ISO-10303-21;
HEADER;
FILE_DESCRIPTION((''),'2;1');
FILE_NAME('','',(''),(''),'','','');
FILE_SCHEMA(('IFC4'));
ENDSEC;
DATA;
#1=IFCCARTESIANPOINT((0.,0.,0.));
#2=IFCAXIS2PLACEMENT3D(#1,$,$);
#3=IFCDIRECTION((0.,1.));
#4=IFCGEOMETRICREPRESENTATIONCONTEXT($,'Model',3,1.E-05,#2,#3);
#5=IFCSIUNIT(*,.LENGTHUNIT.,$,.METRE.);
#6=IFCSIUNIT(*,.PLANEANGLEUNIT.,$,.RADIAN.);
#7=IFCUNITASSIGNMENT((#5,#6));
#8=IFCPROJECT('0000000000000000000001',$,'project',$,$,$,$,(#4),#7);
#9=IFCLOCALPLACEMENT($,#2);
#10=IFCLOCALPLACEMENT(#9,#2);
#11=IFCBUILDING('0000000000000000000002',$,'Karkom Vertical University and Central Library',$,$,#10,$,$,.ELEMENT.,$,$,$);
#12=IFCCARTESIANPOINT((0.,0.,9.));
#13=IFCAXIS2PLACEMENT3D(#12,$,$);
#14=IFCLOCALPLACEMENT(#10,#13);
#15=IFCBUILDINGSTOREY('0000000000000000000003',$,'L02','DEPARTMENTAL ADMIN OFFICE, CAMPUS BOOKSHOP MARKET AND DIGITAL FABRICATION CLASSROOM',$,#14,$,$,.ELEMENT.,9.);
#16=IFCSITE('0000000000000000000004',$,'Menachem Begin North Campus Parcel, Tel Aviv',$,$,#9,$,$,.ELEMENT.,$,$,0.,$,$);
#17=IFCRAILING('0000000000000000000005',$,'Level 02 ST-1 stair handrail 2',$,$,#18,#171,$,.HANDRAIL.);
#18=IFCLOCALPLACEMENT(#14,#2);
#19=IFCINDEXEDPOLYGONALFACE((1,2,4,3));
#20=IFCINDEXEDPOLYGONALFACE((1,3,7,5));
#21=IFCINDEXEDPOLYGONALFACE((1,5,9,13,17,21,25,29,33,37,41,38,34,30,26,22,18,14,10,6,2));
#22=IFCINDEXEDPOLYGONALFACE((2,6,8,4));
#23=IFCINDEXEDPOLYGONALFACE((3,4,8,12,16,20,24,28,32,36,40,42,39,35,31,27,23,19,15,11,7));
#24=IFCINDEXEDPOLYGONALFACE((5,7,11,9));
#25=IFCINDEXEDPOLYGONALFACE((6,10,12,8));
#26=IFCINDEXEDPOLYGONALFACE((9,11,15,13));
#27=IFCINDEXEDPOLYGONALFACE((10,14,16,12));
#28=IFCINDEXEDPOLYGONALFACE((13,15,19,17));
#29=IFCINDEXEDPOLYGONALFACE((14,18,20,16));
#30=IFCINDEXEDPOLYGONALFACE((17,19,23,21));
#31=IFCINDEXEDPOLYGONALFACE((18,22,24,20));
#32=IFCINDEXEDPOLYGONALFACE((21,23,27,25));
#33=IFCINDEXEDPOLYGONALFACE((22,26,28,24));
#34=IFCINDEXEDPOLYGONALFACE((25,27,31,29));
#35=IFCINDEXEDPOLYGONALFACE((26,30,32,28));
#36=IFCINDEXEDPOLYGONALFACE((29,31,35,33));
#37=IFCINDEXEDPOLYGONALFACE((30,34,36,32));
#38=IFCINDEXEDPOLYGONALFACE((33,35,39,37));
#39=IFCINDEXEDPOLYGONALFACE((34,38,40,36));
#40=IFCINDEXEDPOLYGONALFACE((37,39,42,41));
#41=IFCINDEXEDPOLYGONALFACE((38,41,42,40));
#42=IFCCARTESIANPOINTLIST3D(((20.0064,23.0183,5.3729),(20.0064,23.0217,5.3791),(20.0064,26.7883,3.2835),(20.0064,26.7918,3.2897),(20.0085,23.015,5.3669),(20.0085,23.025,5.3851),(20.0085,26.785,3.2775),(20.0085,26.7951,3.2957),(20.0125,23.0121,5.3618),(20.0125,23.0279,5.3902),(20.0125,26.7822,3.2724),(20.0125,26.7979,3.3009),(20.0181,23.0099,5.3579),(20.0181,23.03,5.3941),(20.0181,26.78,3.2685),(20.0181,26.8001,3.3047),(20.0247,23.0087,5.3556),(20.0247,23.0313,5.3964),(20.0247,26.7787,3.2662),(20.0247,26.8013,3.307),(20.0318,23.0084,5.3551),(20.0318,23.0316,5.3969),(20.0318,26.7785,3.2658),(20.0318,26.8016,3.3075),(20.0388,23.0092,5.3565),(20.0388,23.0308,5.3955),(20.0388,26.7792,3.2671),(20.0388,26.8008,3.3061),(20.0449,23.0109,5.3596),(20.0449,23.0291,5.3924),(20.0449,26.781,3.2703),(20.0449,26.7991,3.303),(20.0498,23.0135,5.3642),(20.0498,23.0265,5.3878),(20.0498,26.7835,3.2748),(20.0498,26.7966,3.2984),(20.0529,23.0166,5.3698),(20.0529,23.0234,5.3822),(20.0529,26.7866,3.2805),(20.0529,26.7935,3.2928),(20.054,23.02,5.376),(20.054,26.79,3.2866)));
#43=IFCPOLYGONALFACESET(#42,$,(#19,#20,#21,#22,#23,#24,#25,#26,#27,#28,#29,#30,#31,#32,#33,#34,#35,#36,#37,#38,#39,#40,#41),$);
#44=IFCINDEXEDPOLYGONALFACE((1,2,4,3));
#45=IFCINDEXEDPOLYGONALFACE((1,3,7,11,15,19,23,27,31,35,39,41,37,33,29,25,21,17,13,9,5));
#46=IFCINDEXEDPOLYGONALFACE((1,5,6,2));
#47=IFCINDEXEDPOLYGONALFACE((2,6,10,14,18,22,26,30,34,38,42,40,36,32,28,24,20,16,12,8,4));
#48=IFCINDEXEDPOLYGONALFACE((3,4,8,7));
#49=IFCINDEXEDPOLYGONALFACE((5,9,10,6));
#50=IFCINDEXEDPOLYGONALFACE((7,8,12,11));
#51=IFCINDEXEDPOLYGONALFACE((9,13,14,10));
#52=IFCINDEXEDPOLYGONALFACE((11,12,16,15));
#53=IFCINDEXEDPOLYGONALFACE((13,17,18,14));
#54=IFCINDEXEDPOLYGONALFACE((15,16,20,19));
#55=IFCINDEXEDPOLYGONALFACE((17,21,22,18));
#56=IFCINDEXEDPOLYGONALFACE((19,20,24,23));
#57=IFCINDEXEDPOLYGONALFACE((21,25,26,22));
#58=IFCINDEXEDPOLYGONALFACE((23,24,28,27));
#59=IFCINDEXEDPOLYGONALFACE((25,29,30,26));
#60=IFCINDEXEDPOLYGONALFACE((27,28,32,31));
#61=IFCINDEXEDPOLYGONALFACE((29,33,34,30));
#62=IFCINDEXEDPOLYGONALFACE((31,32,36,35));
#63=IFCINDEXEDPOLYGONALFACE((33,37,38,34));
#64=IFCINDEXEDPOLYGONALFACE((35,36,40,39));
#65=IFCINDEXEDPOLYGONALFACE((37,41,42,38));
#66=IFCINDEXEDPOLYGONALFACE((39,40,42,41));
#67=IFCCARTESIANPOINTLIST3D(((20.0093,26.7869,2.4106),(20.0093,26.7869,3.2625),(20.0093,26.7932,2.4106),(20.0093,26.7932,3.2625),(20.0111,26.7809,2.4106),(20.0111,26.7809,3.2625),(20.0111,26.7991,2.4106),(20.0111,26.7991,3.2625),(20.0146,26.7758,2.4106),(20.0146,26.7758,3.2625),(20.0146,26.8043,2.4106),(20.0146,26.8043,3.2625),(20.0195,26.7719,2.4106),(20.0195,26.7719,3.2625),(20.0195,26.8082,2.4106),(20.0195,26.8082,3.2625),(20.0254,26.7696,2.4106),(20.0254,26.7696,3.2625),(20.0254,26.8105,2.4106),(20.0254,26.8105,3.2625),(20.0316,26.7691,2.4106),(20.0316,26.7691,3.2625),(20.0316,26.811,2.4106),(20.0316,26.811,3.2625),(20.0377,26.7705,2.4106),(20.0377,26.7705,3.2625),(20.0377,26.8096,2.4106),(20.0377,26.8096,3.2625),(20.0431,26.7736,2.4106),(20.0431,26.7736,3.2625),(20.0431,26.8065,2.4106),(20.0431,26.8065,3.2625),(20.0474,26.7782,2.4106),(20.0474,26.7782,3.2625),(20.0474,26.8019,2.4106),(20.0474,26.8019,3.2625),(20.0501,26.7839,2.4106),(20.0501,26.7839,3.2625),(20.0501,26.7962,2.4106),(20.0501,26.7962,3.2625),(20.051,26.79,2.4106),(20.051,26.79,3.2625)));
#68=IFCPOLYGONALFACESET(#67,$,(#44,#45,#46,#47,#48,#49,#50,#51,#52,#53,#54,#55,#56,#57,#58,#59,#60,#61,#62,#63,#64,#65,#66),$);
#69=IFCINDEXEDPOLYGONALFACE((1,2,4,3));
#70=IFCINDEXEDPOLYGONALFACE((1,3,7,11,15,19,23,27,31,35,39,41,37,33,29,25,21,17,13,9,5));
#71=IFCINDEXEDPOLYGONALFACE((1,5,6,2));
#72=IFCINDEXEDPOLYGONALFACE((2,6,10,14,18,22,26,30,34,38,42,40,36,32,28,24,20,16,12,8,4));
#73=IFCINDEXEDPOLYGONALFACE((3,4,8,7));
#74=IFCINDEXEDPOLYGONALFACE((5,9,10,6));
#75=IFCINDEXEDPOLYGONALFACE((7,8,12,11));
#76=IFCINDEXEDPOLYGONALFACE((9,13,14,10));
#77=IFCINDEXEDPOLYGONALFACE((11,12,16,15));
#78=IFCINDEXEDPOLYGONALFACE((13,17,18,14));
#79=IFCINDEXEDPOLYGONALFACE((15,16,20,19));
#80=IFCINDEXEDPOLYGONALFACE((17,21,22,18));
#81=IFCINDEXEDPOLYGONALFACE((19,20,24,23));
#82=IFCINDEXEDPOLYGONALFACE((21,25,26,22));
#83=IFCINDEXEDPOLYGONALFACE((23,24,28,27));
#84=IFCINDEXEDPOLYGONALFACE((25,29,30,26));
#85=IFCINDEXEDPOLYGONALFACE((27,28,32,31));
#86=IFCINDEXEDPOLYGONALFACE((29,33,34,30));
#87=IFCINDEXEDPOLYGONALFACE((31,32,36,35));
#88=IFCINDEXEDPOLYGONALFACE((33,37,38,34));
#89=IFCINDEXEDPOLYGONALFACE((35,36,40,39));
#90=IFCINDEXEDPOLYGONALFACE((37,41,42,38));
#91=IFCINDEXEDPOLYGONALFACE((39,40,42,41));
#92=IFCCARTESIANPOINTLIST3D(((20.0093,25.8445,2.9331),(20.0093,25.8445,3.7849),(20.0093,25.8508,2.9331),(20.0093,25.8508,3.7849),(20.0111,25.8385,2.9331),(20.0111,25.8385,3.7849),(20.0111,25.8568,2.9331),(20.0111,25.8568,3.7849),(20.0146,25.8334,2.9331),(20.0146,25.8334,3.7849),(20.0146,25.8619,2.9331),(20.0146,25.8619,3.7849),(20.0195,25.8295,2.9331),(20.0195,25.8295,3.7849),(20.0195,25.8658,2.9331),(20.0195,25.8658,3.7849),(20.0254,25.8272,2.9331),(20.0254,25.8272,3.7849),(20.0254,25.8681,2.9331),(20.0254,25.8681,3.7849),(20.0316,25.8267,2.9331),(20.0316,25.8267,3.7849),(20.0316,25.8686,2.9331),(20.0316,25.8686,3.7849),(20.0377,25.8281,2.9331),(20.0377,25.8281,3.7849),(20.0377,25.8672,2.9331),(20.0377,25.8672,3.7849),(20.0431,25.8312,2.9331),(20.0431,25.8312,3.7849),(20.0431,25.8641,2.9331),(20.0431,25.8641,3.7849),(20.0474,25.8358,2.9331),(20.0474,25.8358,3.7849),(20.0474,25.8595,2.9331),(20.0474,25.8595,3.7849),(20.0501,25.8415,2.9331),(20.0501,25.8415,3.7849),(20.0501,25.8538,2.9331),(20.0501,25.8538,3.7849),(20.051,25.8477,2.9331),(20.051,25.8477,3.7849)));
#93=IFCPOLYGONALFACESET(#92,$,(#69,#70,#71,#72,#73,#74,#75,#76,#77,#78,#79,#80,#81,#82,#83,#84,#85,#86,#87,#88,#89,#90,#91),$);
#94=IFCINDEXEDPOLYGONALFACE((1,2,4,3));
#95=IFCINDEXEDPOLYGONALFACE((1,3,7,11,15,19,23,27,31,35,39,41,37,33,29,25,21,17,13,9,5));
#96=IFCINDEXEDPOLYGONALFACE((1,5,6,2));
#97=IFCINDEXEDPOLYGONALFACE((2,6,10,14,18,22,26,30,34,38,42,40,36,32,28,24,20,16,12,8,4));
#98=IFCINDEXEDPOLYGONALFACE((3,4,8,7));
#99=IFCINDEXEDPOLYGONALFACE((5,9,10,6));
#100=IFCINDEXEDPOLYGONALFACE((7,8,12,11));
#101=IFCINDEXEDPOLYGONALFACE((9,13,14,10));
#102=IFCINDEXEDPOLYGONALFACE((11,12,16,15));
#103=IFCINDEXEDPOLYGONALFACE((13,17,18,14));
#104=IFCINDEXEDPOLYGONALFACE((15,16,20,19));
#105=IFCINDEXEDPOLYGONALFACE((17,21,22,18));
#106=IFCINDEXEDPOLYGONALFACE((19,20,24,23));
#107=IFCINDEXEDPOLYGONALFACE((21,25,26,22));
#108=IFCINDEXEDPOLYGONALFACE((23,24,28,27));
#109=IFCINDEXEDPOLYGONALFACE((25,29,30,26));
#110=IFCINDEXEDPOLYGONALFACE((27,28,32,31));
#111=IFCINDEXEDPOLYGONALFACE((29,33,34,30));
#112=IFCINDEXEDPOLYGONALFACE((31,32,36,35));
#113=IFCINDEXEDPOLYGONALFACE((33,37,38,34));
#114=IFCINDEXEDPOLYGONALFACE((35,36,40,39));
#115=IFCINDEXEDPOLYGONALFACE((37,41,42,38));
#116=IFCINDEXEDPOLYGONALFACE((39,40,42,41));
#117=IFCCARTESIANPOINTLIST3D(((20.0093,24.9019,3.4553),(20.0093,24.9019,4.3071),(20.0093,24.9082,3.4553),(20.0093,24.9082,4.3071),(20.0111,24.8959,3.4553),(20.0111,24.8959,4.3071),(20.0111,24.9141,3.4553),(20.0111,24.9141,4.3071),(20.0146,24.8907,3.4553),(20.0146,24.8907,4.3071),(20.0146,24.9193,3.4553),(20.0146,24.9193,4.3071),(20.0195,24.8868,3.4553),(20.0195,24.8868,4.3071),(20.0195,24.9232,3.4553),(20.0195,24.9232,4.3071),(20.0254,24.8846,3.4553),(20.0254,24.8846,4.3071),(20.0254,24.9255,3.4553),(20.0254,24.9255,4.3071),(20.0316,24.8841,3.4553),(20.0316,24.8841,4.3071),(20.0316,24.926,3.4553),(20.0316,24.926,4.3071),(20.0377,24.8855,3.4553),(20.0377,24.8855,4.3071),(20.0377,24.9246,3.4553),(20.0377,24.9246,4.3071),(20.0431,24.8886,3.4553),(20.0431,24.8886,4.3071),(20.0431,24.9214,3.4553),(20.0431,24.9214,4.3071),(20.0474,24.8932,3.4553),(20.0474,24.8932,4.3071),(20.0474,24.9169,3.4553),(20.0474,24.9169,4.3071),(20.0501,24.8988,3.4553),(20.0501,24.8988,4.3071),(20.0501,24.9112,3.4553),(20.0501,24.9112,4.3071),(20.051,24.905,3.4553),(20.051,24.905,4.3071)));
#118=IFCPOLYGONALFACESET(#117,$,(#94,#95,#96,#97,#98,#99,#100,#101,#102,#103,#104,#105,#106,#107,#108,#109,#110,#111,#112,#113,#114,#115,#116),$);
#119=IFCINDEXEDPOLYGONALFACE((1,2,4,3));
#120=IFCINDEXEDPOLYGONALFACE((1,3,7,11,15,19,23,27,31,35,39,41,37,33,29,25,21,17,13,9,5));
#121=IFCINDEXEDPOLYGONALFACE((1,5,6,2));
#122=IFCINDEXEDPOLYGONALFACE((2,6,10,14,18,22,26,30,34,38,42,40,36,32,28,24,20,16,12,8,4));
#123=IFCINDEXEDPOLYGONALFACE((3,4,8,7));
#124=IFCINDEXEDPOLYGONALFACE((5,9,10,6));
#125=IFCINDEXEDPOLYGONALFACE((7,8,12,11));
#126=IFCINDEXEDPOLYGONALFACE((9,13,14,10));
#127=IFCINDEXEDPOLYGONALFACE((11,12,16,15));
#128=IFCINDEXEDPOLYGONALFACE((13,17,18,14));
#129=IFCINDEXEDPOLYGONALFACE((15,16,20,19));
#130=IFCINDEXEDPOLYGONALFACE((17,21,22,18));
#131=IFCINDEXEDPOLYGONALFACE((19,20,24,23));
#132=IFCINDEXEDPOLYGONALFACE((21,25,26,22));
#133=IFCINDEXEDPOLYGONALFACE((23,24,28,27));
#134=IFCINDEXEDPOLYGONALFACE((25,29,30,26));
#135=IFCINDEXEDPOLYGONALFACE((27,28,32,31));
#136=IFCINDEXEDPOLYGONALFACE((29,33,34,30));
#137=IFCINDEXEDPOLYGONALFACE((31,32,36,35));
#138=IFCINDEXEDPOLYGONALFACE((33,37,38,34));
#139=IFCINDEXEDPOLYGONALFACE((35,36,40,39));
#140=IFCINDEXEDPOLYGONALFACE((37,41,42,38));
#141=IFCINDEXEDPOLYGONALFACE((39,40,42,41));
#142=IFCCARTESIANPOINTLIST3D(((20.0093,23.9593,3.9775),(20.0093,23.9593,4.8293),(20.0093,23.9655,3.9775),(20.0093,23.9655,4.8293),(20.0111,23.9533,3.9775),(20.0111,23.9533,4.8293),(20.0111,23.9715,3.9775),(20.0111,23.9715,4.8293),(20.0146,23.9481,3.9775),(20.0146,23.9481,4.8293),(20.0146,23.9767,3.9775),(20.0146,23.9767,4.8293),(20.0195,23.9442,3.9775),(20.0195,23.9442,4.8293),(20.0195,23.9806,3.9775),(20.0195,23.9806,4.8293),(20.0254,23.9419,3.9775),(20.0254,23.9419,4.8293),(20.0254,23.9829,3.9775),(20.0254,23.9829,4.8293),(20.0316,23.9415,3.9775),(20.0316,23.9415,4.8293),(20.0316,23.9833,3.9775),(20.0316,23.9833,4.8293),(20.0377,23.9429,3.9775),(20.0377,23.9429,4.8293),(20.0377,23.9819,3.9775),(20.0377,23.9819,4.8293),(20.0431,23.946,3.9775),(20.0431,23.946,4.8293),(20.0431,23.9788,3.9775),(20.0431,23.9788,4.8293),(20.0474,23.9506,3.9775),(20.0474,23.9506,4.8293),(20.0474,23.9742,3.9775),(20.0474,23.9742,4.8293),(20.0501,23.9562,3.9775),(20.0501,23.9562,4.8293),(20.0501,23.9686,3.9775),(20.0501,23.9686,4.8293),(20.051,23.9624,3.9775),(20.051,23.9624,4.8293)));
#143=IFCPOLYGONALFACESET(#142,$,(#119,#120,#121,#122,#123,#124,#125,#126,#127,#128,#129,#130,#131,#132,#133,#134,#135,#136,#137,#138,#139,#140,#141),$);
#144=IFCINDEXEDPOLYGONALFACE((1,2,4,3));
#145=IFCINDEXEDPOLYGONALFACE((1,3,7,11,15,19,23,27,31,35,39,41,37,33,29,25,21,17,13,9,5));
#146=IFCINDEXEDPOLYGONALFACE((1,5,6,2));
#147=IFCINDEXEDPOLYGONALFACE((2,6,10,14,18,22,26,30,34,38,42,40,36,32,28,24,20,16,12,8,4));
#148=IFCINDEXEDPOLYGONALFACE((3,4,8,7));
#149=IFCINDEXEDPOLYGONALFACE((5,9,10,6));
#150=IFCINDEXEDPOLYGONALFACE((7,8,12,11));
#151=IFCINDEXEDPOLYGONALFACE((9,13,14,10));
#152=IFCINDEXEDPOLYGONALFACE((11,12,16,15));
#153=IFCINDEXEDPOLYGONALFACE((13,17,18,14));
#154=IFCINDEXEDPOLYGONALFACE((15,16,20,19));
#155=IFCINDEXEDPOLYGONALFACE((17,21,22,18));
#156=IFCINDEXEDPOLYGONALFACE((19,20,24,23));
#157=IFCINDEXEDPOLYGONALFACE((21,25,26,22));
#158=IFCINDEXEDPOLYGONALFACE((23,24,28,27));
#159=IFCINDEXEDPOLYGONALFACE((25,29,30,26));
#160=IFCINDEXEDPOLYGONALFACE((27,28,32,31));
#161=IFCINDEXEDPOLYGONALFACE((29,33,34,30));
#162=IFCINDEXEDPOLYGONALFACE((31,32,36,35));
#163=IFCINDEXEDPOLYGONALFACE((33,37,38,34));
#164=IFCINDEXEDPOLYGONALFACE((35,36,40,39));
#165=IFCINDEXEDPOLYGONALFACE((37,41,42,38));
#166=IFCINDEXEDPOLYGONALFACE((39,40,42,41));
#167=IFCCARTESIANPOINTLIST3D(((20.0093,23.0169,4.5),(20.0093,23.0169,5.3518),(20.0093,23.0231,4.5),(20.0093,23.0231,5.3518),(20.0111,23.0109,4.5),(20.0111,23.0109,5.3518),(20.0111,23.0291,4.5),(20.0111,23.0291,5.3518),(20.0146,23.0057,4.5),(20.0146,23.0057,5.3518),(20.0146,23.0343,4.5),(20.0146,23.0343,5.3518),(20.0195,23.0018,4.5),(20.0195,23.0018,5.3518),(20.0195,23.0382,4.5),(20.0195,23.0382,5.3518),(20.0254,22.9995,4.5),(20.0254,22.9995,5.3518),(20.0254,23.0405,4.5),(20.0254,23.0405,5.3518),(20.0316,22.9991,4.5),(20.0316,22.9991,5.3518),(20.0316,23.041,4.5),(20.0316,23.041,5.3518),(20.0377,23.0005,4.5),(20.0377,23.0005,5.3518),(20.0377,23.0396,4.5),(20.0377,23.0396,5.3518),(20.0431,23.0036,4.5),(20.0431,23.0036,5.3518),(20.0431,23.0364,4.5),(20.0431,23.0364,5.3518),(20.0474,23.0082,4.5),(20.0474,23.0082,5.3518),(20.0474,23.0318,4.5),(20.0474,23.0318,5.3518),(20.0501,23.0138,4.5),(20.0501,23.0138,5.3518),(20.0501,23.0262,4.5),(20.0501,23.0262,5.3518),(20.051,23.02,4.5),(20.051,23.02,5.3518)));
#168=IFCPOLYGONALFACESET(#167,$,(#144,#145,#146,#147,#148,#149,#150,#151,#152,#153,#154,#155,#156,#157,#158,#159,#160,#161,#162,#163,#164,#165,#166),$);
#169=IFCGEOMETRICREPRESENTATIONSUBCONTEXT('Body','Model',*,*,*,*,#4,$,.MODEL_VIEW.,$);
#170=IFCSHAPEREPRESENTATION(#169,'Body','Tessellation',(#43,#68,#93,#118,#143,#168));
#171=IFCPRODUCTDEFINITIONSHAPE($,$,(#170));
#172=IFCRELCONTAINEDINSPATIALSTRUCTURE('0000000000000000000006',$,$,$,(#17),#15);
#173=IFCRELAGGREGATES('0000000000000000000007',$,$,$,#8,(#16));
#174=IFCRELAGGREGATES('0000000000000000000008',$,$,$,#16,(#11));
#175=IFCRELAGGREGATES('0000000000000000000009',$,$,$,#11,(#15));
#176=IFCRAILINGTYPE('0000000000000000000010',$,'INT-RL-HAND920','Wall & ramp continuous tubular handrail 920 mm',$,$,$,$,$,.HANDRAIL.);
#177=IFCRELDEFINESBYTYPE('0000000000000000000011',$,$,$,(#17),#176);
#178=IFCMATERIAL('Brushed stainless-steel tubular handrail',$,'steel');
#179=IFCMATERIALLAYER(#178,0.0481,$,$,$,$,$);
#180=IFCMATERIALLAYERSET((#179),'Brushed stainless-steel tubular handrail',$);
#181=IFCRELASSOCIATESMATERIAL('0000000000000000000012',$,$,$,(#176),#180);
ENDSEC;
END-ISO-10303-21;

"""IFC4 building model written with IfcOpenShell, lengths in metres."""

from ifc_helpers import new_model, si_unit, direction, frame, origin, origin_2d, place, context, subcontext, project, spatial, circle, extrude, material, layer, layer_set, type_object, element, save


model = new_model("IFC4")

# Units and contexts
model_context = context("Model", 3, precision=1e-05, world=origin(), true_north=direction((0.0, 1.0)))
body_context = subcontext(model_context, "Body", "Model", "MODEL_VIEW")
ifc_project = project(units=[si_unit("LENGTHUNIT", "METRE"), si_unit("PLANEANGLEUNIT", "RADIAN")], contexts=[model_context])

# Site, building, storey
site_placement = place(None, origin())
site = spatial("IfcSite", under=ifc_project, at=site_placement, Name="Menachem Begin North Campus Parcel, Tel Aviv", CompositionType="ELEMENT", RefElevation=0.0)
building_placement = place(site_placement, origin())
building = spatial("IfcBuilding", under=site, at=building_placement, Name="Karkom Vertical University and Central Library", CompositionType="ELEMENT")
storey_placement = place(building_placement, frame((0.0, 0.0, 9.0)))
storey = spatial("IfcBuildingStorey", under=building, at=storey_placement, Name="L02", Description="DEPARTMENTAL ADMIN OFFICE, CAMPUS BOOKSHOP MARKET AND DIGITAL FABRICATION CLASSROOM", CompositionType="ELEMENT", Elevation=9.0)

# Railing
ifc_material_1 = material(Name="Brushed stainless-steel tubular handrail", Category="steel")
ifc_layer_1 = layer(ifc_material_1, 0.0481)
ifc_layer_set_1 = layer_set([ifc_layer_1], Name="Brushed stainless-steel tubular handrail")
railing_type_1 = type_object("IfcRailingType", Name="INT-RL-HAND920", Description="Wall & ramp continuous tubular handrail 920 mm", PredefinedType="HANDRAIL", material=ifc_layer_set_1)
railing_1_placement = place(storey_placement, frame((20.03, 26.79, 2.4106)))
element("IfcRailing", 1, at=railing_1_placement, inside=storey, type_object=railing_type_1, Name="Level 02 ST-1 stair handrail 2", PredefinedType="HANDRAIL", context=body_context, shape_type="SweptSolid", body=[
    extrude(circle(Radius=0.0239, at=origin_2d()), frame((0.0, 0.0, 0.876), z_axis=(0.0, -0.874659, 0.484739), x_axis=(1.0, 0.0, 0.0)), (0.0, 0.0, 1.0), 4.3103),
    extrude(circle(Radius=0.021, at=origin_2d()), origin(), (0.0, 0.0, 1.0), 0.8518),
    extrude(circle(Radius=0.021, at=origin_2d()), frame((0.0, -0.9424, 0.5225)), (0.0, 0.0, 1.0), 0.8518),
    extrude(circle(Radius=0.021, at=origin_2d()), frame((0.0, -1.885, 1.0447)), (0.0, 0.0, 1.0), 0.8518),
    extrude(circle(Radius=0.021, at=origin_2d()), frame((0.0, -2.8276, 1.5669)), (0.0, 0.0, 1.0), 0.8518),
    extrude(circle(Radius=0.021, at=origin_2d()), frame((0.0, -3.77, 2.0894)), (0.0, 0.0, 1.0), 0.8518),
])

save(model, "model.ifc")
